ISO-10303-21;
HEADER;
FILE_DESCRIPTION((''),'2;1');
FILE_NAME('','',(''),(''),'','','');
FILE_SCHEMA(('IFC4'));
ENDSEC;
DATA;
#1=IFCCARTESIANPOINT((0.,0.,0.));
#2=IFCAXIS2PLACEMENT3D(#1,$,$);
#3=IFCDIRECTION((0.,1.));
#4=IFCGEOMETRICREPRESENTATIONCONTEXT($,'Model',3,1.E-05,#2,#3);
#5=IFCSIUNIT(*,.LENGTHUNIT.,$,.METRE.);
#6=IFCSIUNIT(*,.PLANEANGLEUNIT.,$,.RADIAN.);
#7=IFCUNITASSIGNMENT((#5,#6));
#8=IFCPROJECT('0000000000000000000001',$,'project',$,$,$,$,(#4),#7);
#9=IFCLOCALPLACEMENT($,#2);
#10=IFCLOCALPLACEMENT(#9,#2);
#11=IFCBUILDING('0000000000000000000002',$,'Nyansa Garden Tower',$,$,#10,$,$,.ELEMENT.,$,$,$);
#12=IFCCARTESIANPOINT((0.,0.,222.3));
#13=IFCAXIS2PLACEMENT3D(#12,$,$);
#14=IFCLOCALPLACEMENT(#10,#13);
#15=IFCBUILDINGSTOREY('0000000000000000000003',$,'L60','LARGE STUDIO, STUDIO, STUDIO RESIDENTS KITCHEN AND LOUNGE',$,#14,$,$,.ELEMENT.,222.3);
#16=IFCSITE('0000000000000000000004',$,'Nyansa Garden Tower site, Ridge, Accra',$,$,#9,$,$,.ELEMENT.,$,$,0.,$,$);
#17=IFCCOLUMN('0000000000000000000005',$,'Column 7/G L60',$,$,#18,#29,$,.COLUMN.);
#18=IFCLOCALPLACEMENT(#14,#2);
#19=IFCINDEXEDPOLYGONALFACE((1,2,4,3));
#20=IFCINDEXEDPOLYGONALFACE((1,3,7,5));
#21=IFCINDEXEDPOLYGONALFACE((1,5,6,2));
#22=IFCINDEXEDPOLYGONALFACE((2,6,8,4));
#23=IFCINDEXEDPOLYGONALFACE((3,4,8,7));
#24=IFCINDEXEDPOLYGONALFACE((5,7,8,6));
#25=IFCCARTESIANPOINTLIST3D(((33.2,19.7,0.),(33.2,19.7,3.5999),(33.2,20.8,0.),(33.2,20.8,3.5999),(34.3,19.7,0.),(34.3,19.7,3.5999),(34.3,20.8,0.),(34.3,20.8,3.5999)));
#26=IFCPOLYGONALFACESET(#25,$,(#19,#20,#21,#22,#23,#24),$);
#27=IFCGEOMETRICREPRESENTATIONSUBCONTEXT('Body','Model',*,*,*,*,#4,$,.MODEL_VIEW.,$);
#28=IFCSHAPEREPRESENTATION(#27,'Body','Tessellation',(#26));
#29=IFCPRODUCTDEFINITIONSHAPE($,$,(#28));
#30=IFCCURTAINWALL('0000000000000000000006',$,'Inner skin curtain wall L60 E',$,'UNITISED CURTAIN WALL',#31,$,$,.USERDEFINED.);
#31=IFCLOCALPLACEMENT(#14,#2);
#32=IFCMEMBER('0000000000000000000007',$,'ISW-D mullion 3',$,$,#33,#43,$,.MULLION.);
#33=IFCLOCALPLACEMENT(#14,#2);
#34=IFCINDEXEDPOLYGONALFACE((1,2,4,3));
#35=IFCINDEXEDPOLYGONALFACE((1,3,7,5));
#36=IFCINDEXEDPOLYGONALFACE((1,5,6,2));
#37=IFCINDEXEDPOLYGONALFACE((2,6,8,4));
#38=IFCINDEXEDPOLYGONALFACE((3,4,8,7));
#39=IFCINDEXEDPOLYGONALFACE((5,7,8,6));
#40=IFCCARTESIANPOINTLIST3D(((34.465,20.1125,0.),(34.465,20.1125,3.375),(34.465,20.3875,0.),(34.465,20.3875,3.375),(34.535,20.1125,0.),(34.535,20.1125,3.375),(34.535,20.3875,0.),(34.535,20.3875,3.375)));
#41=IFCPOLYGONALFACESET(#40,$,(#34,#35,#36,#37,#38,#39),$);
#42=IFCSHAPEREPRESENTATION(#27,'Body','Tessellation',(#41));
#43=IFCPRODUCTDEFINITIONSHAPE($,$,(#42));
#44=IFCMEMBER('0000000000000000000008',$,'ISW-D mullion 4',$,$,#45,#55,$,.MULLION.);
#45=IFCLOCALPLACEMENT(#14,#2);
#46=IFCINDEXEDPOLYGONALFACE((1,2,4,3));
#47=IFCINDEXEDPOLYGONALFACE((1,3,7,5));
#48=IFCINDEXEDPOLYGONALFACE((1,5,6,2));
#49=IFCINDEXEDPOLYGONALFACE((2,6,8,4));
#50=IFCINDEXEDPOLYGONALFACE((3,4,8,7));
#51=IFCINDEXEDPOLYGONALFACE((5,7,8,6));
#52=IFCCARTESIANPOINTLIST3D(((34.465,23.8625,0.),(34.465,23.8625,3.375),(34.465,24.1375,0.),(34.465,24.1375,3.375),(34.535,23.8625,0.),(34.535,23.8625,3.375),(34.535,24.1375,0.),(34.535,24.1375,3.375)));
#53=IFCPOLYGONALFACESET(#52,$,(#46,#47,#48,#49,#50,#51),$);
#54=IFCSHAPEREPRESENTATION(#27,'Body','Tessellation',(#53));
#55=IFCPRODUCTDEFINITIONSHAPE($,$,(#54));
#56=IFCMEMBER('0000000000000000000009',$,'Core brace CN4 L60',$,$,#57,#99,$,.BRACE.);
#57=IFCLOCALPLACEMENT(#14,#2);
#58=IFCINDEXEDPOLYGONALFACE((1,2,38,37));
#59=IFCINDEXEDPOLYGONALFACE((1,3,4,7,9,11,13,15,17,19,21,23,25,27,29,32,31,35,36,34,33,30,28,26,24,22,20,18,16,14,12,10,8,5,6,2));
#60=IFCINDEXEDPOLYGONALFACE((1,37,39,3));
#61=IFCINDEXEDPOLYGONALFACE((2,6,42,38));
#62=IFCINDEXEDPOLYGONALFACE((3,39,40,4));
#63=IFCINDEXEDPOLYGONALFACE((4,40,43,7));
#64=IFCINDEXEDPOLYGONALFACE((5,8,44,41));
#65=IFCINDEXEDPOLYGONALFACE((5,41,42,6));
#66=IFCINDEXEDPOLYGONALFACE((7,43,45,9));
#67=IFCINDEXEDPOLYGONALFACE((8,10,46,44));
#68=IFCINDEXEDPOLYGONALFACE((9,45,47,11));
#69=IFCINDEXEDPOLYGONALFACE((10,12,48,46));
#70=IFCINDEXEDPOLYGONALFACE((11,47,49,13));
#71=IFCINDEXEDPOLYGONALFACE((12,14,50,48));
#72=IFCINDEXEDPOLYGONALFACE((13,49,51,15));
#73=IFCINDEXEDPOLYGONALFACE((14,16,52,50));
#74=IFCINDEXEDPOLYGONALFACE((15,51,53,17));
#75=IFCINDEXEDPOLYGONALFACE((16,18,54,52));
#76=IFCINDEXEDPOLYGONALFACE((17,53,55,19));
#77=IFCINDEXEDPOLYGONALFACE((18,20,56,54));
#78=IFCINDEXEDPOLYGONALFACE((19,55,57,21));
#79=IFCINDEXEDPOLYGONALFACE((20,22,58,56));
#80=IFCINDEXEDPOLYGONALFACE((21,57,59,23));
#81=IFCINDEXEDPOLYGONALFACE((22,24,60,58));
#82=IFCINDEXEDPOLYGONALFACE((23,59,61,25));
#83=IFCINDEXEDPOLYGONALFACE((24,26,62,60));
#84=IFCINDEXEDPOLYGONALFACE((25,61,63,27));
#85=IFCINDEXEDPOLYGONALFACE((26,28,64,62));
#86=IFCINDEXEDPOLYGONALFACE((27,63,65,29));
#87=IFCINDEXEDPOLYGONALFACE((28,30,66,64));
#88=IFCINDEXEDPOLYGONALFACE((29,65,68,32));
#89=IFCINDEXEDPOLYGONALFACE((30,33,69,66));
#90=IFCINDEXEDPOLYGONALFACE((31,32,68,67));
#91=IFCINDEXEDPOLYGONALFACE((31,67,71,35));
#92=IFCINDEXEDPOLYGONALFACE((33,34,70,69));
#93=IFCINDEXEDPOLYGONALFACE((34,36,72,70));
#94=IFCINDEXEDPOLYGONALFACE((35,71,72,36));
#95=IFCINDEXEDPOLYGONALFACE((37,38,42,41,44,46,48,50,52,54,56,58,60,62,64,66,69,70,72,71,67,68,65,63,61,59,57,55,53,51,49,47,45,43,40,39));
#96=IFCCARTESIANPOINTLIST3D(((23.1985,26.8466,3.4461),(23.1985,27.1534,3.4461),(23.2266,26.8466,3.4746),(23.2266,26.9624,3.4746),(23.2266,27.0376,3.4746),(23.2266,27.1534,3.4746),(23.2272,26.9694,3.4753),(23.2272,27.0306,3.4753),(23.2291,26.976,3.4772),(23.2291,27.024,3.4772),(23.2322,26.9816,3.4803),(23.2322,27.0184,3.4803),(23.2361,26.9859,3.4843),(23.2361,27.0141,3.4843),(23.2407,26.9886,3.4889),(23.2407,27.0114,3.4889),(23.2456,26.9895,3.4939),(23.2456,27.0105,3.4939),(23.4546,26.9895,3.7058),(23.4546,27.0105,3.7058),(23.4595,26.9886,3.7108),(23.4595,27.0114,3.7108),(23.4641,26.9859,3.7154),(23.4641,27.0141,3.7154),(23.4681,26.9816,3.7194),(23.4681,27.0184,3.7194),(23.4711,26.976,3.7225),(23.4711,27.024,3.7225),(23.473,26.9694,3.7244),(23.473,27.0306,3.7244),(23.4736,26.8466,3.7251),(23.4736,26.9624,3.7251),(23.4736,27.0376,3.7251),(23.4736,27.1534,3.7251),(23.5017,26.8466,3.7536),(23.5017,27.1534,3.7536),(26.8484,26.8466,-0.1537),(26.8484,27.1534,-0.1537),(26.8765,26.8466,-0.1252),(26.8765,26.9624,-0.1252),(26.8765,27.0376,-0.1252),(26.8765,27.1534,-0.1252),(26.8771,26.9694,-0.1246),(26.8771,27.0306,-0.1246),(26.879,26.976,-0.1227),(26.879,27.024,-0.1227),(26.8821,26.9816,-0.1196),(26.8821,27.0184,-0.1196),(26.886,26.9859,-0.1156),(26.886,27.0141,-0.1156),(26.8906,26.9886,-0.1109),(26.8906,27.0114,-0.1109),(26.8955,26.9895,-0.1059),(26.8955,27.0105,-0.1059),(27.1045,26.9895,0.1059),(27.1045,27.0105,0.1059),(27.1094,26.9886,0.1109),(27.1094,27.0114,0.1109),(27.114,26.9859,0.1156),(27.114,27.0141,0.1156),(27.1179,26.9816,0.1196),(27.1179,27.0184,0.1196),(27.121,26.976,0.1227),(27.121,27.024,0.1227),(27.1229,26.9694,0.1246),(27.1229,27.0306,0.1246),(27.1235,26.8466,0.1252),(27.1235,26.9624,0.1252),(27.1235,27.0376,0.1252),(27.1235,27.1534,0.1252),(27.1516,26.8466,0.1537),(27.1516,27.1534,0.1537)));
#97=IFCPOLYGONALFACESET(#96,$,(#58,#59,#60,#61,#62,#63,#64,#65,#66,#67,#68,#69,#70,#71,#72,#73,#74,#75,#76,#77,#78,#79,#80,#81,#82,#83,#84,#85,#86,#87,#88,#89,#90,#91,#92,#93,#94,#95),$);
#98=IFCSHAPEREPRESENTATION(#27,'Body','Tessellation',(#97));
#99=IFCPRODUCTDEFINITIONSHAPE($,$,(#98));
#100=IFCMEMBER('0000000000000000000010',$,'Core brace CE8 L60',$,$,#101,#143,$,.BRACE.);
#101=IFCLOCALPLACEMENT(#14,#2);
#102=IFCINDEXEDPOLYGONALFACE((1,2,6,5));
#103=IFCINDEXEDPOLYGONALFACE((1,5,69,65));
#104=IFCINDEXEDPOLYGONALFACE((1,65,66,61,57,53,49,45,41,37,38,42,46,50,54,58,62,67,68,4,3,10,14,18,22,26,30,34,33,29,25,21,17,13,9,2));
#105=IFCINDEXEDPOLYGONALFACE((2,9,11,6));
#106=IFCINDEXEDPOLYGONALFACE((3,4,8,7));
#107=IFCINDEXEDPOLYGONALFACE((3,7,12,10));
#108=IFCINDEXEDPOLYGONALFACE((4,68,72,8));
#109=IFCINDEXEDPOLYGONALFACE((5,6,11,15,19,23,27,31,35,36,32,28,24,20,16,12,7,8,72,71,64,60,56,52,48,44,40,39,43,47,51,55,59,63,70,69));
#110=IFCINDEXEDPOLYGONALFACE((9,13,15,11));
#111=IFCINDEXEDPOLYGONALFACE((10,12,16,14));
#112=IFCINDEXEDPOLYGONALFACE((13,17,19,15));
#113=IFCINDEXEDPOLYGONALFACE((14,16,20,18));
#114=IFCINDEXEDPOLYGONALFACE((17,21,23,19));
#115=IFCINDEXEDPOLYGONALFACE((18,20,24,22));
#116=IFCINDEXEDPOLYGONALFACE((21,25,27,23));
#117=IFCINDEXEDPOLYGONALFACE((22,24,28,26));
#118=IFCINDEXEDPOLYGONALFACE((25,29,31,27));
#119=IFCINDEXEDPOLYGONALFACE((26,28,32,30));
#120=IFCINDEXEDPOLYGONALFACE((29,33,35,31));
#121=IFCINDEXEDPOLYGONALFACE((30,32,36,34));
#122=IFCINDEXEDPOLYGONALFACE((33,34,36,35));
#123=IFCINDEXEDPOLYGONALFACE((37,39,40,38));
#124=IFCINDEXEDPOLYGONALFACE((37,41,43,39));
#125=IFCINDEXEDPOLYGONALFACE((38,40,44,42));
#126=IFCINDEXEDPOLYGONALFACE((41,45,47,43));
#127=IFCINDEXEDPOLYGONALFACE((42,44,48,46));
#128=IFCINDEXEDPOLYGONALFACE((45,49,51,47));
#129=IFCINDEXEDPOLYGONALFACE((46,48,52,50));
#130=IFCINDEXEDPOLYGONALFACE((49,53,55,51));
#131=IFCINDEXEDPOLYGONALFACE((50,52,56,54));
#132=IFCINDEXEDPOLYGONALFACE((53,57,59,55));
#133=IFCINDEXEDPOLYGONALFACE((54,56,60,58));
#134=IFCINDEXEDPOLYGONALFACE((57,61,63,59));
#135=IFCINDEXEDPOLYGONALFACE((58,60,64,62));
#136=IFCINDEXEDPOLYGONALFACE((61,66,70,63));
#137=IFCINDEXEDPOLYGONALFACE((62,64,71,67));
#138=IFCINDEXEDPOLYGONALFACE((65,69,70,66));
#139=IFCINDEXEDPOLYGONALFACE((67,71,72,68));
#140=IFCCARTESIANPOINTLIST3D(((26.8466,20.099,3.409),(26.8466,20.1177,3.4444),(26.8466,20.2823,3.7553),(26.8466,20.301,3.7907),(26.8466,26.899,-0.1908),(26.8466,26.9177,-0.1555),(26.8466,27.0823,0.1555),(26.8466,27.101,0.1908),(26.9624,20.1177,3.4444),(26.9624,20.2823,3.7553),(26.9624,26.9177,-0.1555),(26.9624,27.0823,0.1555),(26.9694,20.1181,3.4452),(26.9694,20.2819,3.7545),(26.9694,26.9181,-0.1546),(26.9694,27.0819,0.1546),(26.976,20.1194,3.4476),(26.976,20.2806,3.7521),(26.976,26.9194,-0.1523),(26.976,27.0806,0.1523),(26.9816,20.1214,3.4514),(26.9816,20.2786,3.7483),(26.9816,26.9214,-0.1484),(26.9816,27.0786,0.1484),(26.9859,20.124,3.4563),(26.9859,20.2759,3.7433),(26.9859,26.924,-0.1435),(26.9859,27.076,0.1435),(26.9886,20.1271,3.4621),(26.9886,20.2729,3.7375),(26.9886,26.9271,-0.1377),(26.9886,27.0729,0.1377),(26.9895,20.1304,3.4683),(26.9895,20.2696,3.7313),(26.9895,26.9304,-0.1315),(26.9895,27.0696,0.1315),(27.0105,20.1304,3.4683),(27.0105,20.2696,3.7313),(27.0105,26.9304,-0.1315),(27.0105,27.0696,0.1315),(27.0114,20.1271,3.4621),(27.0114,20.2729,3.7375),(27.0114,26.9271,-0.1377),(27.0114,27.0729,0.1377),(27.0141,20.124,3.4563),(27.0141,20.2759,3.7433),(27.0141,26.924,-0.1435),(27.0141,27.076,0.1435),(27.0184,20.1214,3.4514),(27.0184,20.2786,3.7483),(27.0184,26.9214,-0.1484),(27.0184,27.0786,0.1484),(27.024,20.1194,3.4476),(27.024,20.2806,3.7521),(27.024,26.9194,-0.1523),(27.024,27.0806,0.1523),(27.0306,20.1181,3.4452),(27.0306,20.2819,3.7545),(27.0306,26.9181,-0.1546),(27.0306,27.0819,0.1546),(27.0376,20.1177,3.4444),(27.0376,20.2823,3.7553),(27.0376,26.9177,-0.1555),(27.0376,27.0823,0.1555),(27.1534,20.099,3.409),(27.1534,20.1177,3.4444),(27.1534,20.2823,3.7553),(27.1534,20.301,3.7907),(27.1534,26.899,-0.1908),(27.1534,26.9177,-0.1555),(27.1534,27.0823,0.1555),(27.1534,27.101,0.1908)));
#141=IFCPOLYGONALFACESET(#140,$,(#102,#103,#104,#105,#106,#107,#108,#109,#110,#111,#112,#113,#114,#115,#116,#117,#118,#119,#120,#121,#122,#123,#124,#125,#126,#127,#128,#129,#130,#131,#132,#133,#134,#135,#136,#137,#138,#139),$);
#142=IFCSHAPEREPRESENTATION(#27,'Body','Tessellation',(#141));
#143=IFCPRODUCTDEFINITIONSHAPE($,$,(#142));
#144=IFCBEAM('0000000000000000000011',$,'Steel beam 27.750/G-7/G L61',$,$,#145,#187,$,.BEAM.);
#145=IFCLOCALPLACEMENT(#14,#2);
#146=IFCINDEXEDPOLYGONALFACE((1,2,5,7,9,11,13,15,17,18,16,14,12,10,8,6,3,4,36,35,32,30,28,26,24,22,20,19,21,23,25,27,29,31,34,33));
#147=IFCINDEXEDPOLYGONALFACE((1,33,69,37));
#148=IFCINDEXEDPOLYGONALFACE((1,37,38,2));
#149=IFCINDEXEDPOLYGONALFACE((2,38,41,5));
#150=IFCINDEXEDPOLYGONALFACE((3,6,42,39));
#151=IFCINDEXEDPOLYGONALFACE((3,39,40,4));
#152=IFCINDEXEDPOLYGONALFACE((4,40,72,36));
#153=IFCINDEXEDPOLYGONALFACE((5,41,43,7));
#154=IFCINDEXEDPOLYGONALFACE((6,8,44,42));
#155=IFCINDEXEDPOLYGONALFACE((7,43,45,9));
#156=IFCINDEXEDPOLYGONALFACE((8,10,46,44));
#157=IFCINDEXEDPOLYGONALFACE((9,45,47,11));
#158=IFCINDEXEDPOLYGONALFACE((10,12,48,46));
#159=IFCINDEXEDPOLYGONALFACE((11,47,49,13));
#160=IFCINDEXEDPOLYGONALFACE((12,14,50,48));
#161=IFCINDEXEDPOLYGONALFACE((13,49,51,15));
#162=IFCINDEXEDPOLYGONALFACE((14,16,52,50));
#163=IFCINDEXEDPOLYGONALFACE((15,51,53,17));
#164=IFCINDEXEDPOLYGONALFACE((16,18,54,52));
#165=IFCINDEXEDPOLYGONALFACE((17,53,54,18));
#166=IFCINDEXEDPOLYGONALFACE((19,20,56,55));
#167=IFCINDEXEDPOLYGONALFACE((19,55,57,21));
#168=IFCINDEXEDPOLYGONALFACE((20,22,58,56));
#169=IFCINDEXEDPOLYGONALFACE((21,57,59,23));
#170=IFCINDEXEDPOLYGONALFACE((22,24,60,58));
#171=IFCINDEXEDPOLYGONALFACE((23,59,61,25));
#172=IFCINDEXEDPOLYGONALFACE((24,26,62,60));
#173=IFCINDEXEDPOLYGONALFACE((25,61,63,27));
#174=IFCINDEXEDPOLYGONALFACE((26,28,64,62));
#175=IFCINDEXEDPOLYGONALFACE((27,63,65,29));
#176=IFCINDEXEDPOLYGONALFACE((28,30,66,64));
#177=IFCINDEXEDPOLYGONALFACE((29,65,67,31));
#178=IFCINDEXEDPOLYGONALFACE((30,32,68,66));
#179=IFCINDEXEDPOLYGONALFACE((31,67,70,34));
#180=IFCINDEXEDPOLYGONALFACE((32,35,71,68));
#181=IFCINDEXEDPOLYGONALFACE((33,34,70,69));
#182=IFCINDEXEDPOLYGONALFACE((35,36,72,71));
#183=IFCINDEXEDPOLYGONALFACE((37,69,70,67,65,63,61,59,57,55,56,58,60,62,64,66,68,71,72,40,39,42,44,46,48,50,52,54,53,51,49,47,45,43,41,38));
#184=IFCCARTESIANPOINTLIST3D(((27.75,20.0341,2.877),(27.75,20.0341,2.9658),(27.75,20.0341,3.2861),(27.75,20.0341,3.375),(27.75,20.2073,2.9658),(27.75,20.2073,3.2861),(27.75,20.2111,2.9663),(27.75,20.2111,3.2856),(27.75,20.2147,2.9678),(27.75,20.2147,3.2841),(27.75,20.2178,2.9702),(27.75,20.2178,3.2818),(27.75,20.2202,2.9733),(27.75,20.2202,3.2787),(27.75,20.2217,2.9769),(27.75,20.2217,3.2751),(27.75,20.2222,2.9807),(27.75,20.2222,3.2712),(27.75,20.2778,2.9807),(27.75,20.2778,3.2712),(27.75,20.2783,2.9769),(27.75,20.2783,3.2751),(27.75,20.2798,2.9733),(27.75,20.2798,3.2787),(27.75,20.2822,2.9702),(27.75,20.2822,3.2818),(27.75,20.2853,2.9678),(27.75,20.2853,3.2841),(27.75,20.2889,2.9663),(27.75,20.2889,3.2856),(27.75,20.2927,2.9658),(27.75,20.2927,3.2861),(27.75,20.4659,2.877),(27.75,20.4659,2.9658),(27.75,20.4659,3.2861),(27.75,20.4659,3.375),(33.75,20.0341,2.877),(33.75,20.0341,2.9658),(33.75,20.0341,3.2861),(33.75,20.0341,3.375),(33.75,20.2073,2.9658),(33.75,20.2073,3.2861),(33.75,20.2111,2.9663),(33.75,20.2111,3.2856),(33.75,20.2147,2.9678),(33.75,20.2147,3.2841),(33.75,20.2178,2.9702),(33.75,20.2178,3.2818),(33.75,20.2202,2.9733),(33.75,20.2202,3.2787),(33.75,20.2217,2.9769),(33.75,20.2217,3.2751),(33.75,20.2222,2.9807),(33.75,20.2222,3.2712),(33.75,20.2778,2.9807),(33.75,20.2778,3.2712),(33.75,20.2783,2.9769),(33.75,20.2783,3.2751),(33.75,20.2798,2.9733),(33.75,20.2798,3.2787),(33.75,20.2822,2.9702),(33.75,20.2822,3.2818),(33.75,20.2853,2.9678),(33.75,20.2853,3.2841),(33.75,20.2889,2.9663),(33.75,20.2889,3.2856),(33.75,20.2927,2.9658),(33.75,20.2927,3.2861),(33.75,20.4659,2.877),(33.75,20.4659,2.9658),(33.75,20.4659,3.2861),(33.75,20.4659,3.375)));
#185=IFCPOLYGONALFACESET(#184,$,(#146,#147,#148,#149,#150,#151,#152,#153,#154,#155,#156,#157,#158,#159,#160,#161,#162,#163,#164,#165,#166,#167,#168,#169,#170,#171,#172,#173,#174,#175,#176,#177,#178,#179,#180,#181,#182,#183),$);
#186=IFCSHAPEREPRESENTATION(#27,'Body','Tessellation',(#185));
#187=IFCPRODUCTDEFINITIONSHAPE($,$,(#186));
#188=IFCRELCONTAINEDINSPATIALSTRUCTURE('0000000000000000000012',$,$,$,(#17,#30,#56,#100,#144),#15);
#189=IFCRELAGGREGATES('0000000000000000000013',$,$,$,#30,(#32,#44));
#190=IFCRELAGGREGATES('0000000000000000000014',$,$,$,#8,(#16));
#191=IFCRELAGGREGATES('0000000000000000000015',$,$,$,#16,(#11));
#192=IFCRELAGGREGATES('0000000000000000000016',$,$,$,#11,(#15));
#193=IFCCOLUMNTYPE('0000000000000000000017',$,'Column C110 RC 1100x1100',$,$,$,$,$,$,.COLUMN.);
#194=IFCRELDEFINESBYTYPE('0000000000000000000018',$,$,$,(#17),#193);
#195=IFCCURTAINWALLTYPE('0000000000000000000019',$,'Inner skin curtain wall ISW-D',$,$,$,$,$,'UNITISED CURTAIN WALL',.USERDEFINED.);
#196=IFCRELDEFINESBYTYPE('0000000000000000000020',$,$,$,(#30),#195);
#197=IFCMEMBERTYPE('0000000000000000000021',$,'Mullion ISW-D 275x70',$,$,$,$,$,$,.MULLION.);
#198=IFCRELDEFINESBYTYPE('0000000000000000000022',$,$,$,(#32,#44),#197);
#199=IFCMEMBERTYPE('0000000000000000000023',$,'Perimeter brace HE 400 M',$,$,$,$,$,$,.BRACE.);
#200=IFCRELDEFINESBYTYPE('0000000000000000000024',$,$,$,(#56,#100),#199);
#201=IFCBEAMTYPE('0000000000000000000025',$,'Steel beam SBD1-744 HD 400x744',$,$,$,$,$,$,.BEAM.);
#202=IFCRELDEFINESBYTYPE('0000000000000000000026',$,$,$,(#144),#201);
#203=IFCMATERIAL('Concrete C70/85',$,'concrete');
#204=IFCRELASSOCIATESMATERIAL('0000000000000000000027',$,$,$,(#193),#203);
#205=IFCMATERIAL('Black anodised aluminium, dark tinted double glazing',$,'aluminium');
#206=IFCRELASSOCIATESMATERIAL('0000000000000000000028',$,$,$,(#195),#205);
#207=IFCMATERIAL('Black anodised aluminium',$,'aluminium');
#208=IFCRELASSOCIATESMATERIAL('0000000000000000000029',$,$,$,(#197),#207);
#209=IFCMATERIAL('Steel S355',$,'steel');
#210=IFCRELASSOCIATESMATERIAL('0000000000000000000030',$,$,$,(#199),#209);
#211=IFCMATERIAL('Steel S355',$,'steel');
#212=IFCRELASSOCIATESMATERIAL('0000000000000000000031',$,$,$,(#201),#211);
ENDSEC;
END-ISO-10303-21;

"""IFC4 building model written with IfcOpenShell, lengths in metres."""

from ifc_helpers import new_model, si_unit, direction, frame, origin, origin_2d, place, context, subcontext, project, spatial, rectangle, i_section, extrude, material, material_profile, profile_set, type_object, element, aggregate, save


model = new_model("IFC4")

# Units and contexts
model_context = context("Model", 3, precision=1e-05, world=origin(), true_north=direction((0.0, 1.0)))
body_context = subcontext(model_context, "Body", "Model", "MODEL_VIEW")
ifc_project = project(units=[si_unit("LENGTHUNIT", "METRE"), si_unit("PLANEANGLEUNIT", "RADIAN")], contexts=[model_context])

# Site, building, storey
site_placement = place(None, origin())
site = spatial("IfcSite", under=ifc_project, at=site_placement, Name="Nyansa Garden Tower site, Ridge, Accra", CompositionType="ELEMENT", RefElevation=0.0)
building_placement = place(site_placement, origin())
building = spatial("IfcBuilding", under=site, at=building_placement, Name="Nyansa Garden Tower", CompositionType="ELEMENT")
storey_placement = place(building_placement, frame((0.0, 0.0, 222.3)))
storey = spatial("IfcBuildingStorey", under=building, at=storey_placement, Name="L60", Description="LARGE STUDIO, STUDIO, STUDIO RESIDENTS KITCHEN AND LOUNGE", CompositionType="ELEMENT", Elevation=222.3)

# Column
ifc_material_1 = material(Name="Concrete C70/85", Category="concrete")
ifc_material_profile_1 = material_profile(ifc_material_1, rectangle(XDim=1.1001, YDim=1.1001, at=origin_2d()), Name="RC 1100x1100")
ifc_profile_set_1 = profile_set([ifc_material_profile_1], Name="Concrete C70/85")
column_type = type_object("IfcColumnType", Name="Column C110 RC 1100x1100", PredefinedType="COLUMN", material=ifc_profile_set_1)
column_placement = place(storey_placement, frame((33.75, 20.25, 0.0), z_axis=(0.0, 0.0, 1.0), x_axis=(1.0, 0.0, 0.0)))
element("IfcColumn", 1, at=column_placement, inside=storey, type_object=column_type, Name="Column 7/G L60", PredefinedType="COLUMN", context=body_context, shape_type="SweptSolid", body=[
    extrude(rectangle(XDim=1.1001, YDim=1.1001, at=origin_2d()), origin(), (0.0, 0.0, 1.0), 3.5999),
])

# Curtain wall, members
ifc_material_2 = material(Name="Black anodised aluminium, dark tinted double glazing", Category="aluminium")
curtain_wall_type = type_object("IfcCurtainWallType", Name="Inner skin curtain wall ISW-D", ElementType="UNITISED CURTAIN WALL", PredefinedType="USERDEFINED", material=ifc_material_2)
curtain_wall_placement = place(storey_placement, origin())
curtain_wall = element("IfcCurtainWall", 2, at=curtain_wall_placement, inside=storey, type_object=curtain_wall_type, Name="Inner skin curtain wall L60 E", ObjectType="UNITISED CURTAIN WALL", PredefinedType="USERDEFINED")
ifc_material_3 = material(Name="Black anodised aluminium", Category="aluminium")
ifc_material_profile_2 = material_profile(ifc_material_3, rectangle(XDim=0.0701, YDim=0.2749, at=origin_2d()), Name="Mullion 275x70")
ifc_profile_set_2 = profile_set([ifc_material_profile_2], Name="Black anodised aluminium")
member_type_1 = type_object("IfcMemberType", Name="Mullion ISW-D 275x70", PredefinedType="MULLION", material=ifc_profile_set_2)
member_1_placement = place(storey_placement, frame((34.5, 20.25, 0.0), z_axis=(0.0, 0.0, 1.0), x_axis=(-1.0, 0.0, 0.0)))
member_1 = element("IfcMember", 3, at=member_1_placement, type_object=member_type_1, Name="ISW-D mullion 3", PredefinedType="MULLION", context=body_context, shape_type="SweptSolid", body=[
    extrude(rectangle(XDim=0.0701, YDim=0.2749, at=origin_2d()), origin(), (0.0, 0.0, 1.0), 3.375),
])
member_2_placement = place(storey_placement, frame((34.5, 24.0, 0.0), z_axis=(0.0, 0.0, 1.0), x_axis=(-1.0, 0.0, 0.0)))
member_2 = element("IfcMember", 4, at=member_2_placement, type_object=member_type_1, Name="ISW-D mullion 4", PredefinedType="MULLION", context=body_context, shape_type="SweptSolid", body=[
    extrude(rectangle(XDim=0.0701, YDim=0.2749, at=origin_2d()), origin(), (0.0, 0.0, 1.0), 3.375),
])

# Members
ifc_material_4 = material(Name="Steel S355", Category="steel")
ifc_material_profile_3 = material_profile(ifc_material_4, i_section(OverallWidth=0.3069, OverallDepth=0.4319, WebThickness=0.021, FlangeThickness=0.04, FilletRadius=0.0271, at=origin_2d()), Name="HE 400 M")
ifc_profile_set_3 = profile_set([ifc_material_profile_3], Name="Steel S355")
member_type_2 = type_object("IfcMemberType", Name="Perimeter brace HE 400 M", PredefinedType="BRACE", material=ifc_profile_set_3)
member_3_placement = place(storey_placement, frame((27.0, 27.0, 0.0), z_axis=(-0.711971, 0.0, 0.702209), x_axis=(0.0, -1.0, 0.0)))
element("IfcMember", 5, at=member_3_placement, inside=storey, type_object=member_type_2, Name="Core brace CN4 L60", PredefinedType="BRACE", context=body_context, shape_type="SweptSolid", body=[
    extrude(i_section(OverallWidth=0.3069, OverallDepth=0.4319, WebThickness=0.021, FlangeThickness=0.04, FilletRadius=0.0271, at=origin_2d()), origin(), (0.0, 0.0, 1.0), 5.1265),
])
member_4_placement = place(storey_placement, frame((27.0, 27.0, 0.0), z_axis=(0.0, -0.883797, 0.46787), x_axis=(1.0, 0.0, 0.0)))
element("IfcMember", 6, at=member_4_placement, inside=storey, type_object=member_type_2, Name="Core brace CE8 L60", PredefinedType="BRACE", context=body_context, shape_type="SweptSolid", body=[
    extrude(i_section(OverallWidth=0.3069, OverallDepth=0.4319, WebThickness=0.021, FlangeThickness=0.04, FilletRadius=0.0271, at=origin_2d()), origin(), (0.0, 0.0, 1.0), 7.6941),
])

# Beam
ifc_material_5 = material(Name="Steel S355", Category="steel")
ifc_material_profile_4 = material_profile(ifc_material_5, i_section(OverallWidth=0.4319, OverallDepth=0.498, WebThickness=0.0557, FlangeThickness=0.0889, FilletRadius=0.0149, at=origin_2d()), Name="HD 400x744")
ifc_profile_set_4 = profile_set([ifc_material_profile_4], Name="Steel S355")
beam_type_1 = type_object("IfcBeamType", Name="Steel beam SBD1-744 HD 400x744", PredefinedType="BEAM", material=ifc_profile_set_4)
for number, where, z_axis, x_axis, name in (
    (7, (27.75, 20.25, 3.126), (1.0, 0.0, 0.0), (0.0, 1.0, 0.0), "Steel beam 27.750/G-7/G L61"),
):
    element("IfcBeam", number, at=place(storey_placement, frame(where, z_axis=z_axis, x_axis=x_axis)), inside=storey, type_object=beam_type_1, Name=name, PredefinedType="BEAM", context=body_context, shape_type="SweptSolid", body=[
        extrude(i_section(OverallWidth=0.4319, OverallDepth=0.498, WebThickness=0.0557, FlangeThickness=0.0889, FilletRadius=0.0149, at=origin_2d()), origin(), (0.0, 0.0, 1.0), 6.0),
    ])

aggregate(curtain_wall, [member_1, member_2])

save(model, "model.ifc")
